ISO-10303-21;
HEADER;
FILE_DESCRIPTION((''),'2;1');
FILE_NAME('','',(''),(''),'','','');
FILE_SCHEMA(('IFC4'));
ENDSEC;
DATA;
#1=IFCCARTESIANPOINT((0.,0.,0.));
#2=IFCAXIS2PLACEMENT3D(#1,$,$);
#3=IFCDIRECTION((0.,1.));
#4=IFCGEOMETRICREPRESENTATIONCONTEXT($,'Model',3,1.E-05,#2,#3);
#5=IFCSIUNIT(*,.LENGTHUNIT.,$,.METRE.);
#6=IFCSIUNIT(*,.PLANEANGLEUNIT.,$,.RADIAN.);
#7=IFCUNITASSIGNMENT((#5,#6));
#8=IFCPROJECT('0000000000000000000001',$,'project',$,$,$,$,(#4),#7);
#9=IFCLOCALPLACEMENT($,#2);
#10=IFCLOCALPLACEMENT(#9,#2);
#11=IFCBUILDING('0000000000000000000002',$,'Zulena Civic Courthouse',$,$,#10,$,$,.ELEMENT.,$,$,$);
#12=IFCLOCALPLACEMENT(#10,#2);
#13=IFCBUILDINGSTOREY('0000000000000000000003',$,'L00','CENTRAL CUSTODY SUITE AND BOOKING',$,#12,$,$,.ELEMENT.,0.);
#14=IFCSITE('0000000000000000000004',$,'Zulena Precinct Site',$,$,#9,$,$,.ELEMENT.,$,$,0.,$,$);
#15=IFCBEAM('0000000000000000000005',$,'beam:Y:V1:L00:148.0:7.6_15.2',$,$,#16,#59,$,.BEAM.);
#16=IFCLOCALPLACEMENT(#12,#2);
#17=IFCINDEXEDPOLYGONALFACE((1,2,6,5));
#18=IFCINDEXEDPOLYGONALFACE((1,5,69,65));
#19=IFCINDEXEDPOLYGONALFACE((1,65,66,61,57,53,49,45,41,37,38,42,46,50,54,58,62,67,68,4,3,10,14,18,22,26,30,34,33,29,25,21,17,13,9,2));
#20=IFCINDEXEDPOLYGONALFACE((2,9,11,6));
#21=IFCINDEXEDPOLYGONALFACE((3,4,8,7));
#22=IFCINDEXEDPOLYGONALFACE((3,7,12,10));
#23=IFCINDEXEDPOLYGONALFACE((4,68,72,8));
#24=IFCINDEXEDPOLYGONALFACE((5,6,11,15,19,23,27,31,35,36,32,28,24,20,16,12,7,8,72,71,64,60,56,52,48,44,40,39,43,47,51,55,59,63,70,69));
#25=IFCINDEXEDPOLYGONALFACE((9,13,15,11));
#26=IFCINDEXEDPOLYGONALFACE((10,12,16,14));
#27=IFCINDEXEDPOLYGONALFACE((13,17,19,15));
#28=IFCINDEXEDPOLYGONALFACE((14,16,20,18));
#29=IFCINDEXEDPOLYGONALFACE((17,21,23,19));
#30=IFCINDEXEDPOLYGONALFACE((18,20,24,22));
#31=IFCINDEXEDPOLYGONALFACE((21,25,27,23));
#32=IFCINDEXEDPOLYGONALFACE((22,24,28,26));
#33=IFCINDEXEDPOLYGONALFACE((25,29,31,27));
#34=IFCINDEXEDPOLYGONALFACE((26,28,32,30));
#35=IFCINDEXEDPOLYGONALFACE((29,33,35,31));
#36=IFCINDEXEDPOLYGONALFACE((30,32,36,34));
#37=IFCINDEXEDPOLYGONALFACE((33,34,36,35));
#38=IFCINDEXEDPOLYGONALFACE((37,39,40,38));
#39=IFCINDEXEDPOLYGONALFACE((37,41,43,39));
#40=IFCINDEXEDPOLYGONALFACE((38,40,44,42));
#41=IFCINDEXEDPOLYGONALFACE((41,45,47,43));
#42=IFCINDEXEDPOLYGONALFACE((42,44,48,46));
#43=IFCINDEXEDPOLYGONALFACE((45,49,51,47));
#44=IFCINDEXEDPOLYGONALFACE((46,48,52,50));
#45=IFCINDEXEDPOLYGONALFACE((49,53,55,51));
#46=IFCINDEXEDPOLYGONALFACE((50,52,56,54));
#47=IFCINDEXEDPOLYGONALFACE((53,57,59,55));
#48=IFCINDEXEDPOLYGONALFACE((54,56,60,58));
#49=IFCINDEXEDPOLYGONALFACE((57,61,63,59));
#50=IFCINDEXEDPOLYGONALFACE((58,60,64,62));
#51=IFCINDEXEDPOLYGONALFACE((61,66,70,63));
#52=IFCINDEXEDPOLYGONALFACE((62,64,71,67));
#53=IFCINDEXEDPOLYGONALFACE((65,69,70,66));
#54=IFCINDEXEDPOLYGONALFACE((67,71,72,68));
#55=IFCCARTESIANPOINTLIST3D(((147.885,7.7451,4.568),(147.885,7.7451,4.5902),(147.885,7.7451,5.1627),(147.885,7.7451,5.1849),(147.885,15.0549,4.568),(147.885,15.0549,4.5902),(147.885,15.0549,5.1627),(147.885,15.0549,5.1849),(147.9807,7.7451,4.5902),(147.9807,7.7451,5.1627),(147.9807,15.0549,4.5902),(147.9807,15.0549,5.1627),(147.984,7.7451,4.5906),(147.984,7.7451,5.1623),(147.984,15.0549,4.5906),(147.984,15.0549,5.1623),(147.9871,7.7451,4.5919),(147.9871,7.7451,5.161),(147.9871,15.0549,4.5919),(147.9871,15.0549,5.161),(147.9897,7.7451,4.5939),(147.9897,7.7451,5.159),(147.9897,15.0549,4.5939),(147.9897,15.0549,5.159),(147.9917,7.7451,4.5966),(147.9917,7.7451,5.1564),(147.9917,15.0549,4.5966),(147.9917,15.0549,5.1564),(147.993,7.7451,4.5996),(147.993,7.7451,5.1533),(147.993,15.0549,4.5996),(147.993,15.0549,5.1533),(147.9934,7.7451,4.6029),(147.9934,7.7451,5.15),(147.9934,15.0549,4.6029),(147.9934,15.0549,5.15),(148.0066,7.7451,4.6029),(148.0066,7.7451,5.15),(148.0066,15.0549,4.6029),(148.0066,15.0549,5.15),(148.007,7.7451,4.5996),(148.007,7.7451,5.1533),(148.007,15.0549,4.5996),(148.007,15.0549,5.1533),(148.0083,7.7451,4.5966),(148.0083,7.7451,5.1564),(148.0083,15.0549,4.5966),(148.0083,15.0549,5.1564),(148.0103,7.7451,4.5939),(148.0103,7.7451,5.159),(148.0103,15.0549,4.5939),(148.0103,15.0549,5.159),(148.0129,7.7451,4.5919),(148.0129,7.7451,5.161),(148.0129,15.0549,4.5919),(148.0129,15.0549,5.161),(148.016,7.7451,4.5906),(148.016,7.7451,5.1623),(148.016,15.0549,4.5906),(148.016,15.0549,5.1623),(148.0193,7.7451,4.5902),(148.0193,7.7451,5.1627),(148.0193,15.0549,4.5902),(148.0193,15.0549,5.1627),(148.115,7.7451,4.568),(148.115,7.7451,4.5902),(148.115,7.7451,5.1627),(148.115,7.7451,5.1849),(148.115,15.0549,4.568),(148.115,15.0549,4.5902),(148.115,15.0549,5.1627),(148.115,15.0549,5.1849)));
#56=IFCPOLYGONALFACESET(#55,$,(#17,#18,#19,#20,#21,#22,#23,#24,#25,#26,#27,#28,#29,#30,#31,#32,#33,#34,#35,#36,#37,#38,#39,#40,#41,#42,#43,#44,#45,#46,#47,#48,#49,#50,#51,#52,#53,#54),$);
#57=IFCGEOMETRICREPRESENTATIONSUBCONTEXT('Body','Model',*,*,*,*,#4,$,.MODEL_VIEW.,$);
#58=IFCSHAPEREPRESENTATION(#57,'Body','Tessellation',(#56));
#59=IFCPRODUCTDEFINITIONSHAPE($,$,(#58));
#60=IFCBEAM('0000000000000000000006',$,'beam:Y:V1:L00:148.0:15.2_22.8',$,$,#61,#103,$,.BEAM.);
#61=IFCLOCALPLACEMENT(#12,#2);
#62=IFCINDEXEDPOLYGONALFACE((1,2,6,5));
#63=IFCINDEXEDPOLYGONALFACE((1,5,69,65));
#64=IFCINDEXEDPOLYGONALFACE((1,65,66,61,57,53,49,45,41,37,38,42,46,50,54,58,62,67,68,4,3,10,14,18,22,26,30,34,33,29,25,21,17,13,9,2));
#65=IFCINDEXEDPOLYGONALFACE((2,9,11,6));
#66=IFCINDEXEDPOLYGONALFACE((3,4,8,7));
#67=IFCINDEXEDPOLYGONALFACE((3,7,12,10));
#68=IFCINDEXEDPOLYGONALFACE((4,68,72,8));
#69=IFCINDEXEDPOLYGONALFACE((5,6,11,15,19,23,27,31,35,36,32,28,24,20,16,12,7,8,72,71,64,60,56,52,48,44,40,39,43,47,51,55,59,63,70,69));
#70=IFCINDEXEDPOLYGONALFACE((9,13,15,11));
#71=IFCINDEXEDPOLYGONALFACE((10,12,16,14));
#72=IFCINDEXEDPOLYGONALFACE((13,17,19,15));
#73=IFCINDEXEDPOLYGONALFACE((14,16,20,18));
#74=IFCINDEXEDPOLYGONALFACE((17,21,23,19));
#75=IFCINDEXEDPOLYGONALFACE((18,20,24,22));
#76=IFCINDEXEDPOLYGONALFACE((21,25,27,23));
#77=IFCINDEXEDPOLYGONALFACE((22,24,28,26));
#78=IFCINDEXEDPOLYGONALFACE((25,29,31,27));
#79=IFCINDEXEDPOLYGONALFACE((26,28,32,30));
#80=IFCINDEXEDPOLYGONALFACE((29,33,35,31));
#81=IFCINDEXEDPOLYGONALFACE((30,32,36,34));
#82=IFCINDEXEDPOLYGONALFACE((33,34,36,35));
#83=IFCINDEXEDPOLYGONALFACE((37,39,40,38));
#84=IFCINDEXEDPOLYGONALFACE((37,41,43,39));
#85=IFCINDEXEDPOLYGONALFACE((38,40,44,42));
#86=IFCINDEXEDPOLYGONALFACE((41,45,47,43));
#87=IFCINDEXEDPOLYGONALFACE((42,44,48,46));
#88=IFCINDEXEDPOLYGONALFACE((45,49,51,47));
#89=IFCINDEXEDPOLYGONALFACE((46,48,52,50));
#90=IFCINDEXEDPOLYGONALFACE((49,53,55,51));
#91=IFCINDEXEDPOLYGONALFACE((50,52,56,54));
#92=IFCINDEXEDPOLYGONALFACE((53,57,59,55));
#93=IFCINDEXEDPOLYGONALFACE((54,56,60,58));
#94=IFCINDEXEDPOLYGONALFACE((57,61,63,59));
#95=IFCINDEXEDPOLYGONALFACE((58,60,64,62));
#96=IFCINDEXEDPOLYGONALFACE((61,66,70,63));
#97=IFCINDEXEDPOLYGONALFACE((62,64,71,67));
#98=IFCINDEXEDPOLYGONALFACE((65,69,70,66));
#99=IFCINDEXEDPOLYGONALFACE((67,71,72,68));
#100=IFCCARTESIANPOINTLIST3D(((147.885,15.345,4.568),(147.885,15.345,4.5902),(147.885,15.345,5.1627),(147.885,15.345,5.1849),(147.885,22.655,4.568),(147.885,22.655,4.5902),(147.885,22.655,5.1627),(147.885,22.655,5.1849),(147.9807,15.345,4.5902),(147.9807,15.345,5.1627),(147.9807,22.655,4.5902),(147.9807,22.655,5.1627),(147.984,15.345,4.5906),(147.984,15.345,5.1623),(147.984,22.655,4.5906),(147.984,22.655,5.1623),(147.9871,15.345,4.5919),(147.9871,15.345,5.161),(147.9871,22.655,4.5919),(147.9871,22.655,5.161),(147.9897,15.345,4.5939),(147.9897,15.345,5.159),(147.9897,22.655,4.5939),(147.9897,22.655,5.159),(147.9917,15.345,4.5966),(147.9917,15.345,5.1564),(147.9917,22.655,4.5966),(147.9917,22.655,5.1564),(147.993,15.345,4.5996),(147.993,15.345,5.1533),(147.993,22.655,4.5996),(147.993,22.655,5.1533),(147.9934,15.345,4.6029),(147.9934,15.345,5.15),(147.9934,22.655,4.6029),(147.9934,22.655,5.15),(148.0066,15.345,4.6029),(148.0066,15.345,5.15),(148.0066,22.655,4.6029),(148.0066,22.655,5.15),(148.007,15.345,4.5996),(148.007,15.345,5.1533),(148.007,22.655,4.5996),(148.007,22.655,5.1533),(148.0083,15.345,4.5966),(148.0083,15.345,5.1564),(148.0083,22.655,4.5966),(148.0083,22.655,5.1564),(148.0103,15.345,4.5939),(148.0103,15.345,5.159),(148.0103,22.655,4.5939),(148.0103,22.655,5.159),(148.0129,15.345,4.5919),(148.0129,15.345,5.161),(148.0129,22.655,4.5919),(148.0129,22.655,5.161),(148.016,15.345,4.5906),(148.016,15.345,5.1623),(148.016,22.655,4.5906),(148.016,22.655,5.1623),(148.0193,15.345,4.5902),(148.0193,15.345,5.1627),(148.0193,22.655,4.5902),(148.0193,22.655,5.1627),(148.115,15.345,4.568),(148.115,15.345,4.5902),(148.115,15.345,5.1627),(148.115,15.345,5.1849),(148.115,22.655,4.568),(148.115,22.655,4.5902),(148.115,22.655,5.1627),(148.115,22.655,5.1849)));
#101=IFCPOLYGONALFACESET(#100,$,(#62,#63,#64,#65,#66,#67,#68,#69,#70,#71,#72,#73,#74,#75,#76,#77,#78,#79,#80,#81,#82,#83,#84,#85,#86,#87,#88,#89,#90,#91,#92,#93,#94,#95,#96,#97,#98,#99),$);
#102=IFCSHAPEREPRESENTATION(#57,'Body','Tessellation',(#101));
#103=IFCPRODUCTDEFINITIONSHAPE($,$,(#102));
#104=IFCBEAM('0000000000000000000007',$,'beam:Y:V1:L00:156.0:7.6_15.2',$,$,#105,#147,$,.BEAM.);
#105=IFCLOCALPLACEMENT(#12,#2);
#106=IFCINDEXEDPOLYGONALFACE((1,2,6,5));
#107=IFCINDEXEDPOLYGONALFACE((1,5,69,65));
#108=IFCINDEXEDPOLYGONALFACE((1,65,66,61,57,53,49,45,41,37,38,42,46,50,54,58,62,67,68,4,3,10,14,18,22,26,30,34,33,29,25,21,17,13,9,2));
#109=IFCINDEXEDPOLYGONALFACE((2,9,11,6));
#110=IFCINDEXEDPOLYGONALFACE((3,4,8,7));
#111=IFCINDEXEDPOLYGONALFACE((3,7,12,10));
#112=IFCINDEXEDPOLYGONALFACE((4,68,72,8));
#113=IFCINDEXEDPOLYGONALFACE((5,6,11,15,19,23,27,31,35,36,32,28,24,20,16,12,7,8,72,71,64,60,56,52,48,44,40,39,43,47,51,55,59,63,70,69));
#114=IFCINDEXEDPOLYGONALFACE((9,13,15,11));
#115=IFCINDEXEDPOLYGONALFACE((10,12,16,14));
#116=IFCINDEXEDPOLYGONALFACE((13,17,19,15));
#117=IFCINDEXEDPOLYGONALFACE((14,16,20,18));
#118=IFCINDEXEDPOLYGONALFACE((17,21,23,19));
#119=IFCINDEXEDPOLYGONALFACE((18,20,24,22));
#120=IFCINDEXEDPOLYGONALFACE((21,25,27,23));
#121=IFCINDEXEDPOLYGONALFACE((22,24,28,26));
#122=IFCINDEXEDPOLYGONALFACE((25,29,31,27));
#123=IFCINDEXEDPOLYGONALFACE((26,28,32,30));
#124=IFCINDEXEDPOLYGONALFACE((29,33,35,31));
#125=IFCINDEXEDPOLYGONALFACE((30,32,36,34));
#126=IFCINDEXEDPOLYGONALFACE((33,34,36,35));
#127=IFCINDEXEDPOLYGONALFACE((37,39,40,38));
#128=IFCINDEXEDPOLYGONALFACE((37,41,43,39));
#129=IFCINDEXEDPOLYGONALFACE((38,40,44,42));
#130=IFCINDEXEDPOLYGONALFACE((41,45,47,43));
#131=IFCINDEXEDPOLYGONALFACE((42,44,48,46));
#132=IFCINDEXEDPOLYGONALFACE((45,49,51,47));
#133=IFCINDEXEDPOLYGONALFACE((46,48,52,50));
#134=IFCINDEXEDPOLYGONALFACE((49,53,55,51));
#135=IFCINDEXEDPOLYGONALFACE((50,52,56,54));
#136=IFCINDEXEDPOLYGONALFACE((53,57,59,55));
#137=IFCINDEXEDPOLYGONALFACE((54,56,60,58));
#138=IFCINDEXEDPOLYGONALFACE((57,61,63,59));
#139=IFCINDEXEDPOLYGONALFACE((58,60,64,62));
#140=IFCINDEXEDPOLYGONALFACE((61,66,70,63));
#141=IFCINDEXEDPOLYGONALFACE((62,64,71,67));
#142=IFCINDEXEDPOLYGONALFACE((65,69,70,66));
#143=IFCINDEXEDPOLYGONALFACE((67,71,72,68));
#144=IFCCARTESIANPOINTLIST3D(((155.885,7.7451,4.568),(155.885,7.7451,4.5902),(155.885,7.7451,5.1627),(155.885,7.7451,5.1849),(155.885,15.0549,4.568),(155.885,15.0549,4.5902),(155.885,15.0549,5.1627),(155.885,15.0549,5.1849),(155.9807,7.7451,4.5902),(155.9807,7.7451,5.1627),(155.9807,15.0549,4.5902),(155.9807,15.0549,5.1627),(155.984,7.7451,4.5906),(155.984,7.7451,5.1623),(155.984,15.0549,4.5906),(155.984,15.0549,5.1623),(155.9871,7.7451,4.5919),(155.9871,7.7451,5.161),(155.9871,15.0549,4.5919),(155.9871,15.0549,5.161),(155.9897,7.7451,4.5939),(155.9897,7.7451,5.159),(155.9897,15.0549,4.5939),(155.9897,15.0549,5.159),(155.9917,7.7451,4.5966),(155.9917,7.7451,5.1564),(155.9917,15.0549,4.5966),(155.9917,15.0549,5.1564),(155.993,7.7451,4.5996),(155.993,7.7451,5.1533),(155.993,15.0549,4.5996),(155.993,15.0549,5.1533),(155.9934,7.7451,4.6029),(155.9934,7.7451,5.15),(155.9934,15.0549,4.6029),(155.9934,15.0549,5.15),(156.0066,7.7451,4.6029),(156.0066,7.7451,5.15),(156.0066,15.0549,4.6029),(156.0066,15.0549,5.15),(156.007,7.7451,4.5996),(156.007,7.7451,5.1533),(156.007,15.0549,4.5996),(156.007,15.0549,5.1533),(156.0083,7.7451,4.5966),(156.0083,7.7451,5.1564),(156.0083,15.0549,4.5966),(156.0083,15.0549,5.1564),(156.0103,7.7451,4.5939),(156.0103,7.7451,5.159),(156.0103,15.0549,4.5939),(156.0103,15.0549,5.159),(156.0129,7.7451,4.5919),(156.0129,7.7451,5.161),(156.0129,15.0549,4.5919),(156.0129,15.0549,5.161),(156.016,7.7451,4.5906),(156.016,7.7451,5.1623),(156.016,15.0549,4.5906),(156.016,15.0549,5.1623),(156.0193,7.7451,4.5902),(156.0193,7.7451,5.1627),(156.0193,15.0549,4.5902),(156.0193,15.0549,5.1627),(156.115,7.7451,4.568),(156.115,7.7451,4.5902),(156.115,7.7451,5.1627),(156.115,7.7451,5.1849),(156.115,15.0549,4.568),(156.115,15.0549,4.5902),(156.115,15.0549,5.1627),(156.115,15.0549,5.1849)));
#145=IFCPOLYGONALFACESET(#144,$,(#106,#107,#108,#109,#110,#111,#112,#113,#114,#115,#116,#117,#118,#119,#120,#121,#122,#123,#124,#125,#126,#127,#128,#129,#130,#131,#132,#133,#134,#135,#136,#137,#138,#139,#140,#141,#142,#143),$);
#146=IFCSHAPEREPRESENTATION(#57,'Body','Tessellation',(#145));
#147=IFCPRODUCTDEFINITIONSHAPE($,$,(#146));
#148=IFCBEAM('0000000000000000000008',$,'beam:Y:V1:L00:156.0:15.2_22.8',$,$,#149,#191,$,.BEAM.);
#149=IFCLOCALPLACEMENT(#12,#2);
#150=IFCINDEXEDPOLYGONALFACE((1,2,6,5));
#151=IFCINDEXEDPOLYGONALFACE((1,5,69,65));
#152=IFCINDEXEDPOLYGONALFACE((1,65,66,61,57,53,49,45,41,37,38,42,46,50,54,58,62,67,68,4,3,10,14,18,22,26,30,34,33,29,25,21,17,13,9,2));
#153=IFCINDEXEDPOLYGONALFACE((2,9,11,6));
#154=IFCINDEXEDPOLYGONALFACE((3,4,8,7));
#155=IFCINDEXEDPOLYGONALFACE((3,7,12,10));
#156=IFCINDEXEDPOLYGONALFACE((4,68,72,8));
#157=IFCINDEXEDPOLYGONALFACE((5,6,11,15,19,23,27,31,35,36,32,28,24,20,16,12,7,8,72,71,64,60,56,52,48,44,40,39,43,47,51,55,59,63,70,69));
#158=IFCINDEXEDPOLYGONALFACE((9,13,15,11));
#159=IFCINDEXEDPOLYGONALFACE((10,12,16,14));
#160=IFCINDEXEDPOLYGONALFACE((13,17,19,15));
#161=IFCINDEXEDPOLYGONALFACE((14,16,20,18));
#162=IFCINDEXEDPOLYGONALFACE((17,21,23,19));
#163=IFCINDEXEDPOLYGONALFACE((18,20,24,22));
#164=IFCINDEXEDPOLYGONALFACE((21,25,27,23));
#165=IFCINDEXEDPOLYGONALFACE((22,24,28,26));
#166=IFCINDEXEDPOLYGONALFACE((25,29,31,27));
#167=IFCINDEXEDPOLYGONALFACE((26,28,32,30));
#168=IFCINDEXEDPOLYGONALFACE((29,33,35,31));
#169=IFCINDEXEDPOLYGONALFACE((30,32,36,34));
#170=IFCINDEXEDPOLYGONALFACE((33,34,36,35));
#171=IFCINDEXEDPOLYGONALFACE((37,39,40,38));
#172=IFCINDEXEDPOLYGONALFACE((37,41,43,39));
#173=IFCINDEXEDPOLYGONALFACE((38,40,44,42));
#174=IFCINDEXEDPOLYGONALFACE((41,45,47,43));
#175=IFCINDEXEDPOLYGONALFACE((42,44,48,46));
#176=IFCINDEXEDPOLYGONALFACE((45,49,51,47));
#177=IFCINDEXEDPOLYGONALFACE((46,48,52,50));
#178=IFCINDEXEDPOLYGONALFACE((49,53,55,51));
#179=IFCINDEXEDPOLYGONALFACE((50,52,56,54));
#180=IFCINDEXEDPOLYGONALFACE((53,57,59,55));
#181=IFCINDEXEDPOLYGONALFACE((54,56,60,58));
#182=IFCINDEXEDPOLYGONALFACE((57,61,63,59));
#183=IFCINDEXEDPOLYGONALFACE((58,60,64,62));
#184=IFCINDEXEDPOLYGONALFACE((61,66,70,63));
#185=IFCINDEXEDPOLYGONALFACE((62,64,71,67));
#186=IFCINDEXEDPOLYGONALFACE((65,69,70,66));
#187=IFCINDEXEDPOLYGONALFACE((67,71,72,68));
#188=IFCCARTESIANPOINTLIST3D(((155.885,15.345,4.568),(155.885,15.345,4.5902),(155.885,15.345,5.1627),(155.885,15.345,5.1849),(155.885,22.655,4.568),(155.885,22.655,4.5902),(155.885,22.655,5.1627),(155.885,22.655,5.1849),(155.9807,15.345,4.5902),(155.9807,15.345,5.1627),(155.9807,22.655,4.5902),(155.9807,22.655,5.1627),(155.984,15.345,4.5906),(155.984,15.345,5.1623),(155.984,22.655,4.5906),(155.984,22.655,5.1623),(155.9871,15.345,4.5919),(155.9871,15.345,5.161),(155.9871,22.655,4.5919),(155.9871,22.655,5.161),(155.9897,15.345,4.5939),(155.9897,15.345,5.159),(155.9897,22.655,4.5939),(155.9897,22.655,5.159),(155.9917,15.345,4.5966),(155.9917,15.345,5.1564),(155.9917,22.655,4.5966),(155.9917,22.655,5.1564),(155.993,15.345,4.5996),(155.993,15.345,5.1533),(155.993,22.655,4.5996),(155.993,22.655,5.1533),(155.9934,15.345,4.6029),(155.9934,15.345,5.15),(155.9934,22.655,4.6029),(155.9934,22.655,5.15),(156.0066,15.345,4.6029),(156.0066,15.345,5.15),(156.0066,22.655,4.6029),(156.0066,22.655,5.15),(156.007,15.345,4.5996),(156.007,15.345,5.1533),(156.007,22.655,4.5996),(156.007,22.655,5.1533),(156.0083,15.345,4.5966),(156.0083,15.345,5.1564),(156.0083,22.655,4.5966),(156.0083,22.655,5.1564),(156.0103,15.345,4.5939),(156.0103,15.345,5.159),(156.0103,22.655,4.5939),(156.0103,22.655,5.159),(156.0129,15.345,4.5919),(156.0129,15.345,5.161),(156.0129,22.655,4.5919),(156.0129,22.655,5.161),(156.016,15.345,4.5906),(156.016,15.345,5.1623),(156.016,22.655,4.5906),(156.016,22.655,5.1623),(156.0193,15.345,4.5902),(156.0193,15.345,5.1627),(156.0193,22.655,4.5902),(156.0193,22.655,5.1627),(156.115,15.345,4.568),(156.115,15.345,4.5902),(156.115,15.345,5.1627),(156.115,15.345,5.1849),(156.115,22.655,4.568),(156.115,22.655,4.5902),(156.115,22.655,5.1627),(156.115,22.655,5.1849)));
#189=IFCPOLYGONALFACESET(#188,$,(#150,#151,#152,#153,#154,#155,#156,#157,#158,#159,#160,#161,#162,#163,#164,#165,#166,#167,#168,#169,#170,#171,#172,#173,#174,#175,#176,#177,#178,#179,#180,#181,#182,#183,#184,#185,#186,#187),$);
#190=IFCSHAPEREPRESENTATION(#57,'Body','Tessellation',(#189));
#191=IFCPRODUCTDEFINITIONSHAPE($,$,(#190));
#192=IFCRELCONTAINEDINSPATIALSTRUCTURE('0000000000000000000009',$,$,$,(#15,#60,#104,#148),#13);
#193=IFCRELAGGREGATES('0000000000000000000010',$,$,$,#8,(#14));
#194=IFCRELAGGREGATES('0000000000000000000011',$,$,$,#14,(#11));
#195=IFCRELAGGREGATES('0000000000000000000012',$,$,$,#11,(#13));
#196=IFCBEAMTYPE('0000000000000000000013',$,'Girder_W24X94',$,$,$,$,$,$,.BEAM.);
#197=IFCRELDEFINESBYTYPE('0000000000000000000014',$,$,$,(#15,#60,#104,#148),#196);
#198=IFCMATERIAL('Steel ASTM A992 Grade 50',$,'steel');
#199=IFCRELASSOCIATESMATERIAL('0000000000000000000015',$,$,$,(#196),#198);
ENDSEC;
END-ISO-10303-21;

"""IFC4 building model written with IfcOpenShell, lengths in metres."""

from ifc_helpers import new_model, si_unit, direction, frame, origin, origin_2d, place, context, subcontext, project, spatial, i_section, extrude, material, material_profile, profile_set, type_object, element, save


model = new_model("IFC4")

# Units and contexts
model_context = context("Model", 3, precision=1e-05, world=origin(), true_north=direction((0.0, 1.0)))
body_context = subcontext(model_context, "Body", "Model", "MODEL_VIEW")
ifc_project = project(units=[si_unit("LENGTHUNIT", "METRE"), si_unit("PLANEANGLEUNIT", "RADIAN")], contexts=[model_context])

# Site, building, storey
site_placement = place(None, origin())
site = spatial("IfcSite", under=ifc_project, at=site_placement, Name="Zulena Precinct Site", CompositionType="ELEMENT", RefElevation=0.0)
building_placement = place(site_placement, origin())
building = spatial("IfcBuilding", under=site, at=building_placement, Name="Zulena Civic Courthouse", CompositionType="ELEMENT")
storey_placement = place(building_placement, origin())
storey = spatial("IfcBuildingStorey", under=building, at=storey_placement, Name="L00", Description="CENTRAL CUSTODY SUITE AND BOOKING", CompositionType="ELEMENT", Elevation=0.0)

# Shared definitions
ifc_material_1 = material(Name="Steel ASTM A992 Grade 50", Category="steel")

# Beams
ifc_material_profile_1 = material_profile(ifc_material_1, i_section(OverallWidth=0.23, OverallDepth=0.6169, WebThickness=0.0132, FlangeThickness=0.0222, FilletRadius=0.0127, at=origin_2d()), Name="W24X94")
ifc_profile_set_1 = profile_set([ifc_material_profile_1], Name="Steel ASTM A992 Grade 50")
beam_type_1 = type_object("IfcBeamType", Name="Girder_W24X94", PredefinedType="BEAM", material=ifc_profile_set_1)
beam_1_placement = place(storey_placement, frame((148.0, 7.7451, 4.8765), z_axis=(0.0, 1.0, 0.0), x_axis=(-1.0, 0.0, 0.0)))
element("IfcBeam", 1, at=beam_1_placement, inside=storey, type_object=beam_type_1, Name="beam:Y:V1:L00:148.0:7.6_15.2", PredefinedType="BEAM", context=body_context, shape_type="SweptSolid", body=[
    extrude(i_section(OverallWidth=0.23, OverallDepth=0.6169, WebThickness=0.0132, FlangeThickness=0.0222, FilletRadius=0.0127, at=origin_2d()), origin(), (0.0, 0.0, 1.0), 7.3098),
])
beam_2_placement = place(storey_placement, frame((148.0, 15.345, 4.8765), z_axis=(0.0, 1.0, 0.0), x_axis=(-1.0, 0.0, 0.0)))
element("IfcBeam", 2, at=beam_2_placement, inside=storey, type_object=beam_type_1, Name="beam:Y:V1:L00:148.0:15.2_22.8", PredefinedType="BEAM", context=body_context, shape_type="SweptSolid", body=[
    extrude(i_section(OverallWidth=0.23, OverallDepth=0.6169, WebThickness=0.0132, FlangeThickness=0.0222, FilletRadius=0.0127, at=origin_2d()), origin(), (0.0, 0.0, 1.0), 7.3101),
])
beam_3_placement = place(storey_placement, frame((156.0, 7.7451, 4.8765), z_axis=(0.0, 1.0, 0.0), x_axis=(-1.0, 0.0, 0.0)))
element("IfcBeam", 3, at=beam_3_placement, inside=storey, type_object=beam_type_1, Name="beam:Y:V1:L00:156.0:7.6_15.2", PredefinedType="BEAM", context=body_context, shape_type="SweptSolid", body=[
    extrude(i_section(OverallWidth=0.23, OverallDepth=0.6169, WebThickness=0.0132, FlangeThickness=0.0222, FilletRadius=0.0127, at=origin_2d()), origin(), (0.0, 0.0, 1.0), 7.3098),
])
beam_4_placement = place(storey_placement, frame((156.0, 15.345, 4.8765), z_axis=(0.0, 1.0, 0.0), x_axis=(-1.0, 0.0, 0.0)))
element("IfcBeam", 4, at=beam_4_placement, inside=storey, type_object=beam_type_1, Name="beam:Y:V1:L00:156.0:15.2_22.8", PredefinedType="BEAM", context=body_context, shape_type="SweptSolid", body=[
    extrude(i_section(OverallWidth=0.23, OverallDepth=0.6169, WebThickness=0.0132, FlangeThickness=0.0222, FilletRadius=0.0127, at=origin_2d()), origin(), (0.0, 0.0, 1.0), 7.3101),
])

save(model, "model.ifc")
